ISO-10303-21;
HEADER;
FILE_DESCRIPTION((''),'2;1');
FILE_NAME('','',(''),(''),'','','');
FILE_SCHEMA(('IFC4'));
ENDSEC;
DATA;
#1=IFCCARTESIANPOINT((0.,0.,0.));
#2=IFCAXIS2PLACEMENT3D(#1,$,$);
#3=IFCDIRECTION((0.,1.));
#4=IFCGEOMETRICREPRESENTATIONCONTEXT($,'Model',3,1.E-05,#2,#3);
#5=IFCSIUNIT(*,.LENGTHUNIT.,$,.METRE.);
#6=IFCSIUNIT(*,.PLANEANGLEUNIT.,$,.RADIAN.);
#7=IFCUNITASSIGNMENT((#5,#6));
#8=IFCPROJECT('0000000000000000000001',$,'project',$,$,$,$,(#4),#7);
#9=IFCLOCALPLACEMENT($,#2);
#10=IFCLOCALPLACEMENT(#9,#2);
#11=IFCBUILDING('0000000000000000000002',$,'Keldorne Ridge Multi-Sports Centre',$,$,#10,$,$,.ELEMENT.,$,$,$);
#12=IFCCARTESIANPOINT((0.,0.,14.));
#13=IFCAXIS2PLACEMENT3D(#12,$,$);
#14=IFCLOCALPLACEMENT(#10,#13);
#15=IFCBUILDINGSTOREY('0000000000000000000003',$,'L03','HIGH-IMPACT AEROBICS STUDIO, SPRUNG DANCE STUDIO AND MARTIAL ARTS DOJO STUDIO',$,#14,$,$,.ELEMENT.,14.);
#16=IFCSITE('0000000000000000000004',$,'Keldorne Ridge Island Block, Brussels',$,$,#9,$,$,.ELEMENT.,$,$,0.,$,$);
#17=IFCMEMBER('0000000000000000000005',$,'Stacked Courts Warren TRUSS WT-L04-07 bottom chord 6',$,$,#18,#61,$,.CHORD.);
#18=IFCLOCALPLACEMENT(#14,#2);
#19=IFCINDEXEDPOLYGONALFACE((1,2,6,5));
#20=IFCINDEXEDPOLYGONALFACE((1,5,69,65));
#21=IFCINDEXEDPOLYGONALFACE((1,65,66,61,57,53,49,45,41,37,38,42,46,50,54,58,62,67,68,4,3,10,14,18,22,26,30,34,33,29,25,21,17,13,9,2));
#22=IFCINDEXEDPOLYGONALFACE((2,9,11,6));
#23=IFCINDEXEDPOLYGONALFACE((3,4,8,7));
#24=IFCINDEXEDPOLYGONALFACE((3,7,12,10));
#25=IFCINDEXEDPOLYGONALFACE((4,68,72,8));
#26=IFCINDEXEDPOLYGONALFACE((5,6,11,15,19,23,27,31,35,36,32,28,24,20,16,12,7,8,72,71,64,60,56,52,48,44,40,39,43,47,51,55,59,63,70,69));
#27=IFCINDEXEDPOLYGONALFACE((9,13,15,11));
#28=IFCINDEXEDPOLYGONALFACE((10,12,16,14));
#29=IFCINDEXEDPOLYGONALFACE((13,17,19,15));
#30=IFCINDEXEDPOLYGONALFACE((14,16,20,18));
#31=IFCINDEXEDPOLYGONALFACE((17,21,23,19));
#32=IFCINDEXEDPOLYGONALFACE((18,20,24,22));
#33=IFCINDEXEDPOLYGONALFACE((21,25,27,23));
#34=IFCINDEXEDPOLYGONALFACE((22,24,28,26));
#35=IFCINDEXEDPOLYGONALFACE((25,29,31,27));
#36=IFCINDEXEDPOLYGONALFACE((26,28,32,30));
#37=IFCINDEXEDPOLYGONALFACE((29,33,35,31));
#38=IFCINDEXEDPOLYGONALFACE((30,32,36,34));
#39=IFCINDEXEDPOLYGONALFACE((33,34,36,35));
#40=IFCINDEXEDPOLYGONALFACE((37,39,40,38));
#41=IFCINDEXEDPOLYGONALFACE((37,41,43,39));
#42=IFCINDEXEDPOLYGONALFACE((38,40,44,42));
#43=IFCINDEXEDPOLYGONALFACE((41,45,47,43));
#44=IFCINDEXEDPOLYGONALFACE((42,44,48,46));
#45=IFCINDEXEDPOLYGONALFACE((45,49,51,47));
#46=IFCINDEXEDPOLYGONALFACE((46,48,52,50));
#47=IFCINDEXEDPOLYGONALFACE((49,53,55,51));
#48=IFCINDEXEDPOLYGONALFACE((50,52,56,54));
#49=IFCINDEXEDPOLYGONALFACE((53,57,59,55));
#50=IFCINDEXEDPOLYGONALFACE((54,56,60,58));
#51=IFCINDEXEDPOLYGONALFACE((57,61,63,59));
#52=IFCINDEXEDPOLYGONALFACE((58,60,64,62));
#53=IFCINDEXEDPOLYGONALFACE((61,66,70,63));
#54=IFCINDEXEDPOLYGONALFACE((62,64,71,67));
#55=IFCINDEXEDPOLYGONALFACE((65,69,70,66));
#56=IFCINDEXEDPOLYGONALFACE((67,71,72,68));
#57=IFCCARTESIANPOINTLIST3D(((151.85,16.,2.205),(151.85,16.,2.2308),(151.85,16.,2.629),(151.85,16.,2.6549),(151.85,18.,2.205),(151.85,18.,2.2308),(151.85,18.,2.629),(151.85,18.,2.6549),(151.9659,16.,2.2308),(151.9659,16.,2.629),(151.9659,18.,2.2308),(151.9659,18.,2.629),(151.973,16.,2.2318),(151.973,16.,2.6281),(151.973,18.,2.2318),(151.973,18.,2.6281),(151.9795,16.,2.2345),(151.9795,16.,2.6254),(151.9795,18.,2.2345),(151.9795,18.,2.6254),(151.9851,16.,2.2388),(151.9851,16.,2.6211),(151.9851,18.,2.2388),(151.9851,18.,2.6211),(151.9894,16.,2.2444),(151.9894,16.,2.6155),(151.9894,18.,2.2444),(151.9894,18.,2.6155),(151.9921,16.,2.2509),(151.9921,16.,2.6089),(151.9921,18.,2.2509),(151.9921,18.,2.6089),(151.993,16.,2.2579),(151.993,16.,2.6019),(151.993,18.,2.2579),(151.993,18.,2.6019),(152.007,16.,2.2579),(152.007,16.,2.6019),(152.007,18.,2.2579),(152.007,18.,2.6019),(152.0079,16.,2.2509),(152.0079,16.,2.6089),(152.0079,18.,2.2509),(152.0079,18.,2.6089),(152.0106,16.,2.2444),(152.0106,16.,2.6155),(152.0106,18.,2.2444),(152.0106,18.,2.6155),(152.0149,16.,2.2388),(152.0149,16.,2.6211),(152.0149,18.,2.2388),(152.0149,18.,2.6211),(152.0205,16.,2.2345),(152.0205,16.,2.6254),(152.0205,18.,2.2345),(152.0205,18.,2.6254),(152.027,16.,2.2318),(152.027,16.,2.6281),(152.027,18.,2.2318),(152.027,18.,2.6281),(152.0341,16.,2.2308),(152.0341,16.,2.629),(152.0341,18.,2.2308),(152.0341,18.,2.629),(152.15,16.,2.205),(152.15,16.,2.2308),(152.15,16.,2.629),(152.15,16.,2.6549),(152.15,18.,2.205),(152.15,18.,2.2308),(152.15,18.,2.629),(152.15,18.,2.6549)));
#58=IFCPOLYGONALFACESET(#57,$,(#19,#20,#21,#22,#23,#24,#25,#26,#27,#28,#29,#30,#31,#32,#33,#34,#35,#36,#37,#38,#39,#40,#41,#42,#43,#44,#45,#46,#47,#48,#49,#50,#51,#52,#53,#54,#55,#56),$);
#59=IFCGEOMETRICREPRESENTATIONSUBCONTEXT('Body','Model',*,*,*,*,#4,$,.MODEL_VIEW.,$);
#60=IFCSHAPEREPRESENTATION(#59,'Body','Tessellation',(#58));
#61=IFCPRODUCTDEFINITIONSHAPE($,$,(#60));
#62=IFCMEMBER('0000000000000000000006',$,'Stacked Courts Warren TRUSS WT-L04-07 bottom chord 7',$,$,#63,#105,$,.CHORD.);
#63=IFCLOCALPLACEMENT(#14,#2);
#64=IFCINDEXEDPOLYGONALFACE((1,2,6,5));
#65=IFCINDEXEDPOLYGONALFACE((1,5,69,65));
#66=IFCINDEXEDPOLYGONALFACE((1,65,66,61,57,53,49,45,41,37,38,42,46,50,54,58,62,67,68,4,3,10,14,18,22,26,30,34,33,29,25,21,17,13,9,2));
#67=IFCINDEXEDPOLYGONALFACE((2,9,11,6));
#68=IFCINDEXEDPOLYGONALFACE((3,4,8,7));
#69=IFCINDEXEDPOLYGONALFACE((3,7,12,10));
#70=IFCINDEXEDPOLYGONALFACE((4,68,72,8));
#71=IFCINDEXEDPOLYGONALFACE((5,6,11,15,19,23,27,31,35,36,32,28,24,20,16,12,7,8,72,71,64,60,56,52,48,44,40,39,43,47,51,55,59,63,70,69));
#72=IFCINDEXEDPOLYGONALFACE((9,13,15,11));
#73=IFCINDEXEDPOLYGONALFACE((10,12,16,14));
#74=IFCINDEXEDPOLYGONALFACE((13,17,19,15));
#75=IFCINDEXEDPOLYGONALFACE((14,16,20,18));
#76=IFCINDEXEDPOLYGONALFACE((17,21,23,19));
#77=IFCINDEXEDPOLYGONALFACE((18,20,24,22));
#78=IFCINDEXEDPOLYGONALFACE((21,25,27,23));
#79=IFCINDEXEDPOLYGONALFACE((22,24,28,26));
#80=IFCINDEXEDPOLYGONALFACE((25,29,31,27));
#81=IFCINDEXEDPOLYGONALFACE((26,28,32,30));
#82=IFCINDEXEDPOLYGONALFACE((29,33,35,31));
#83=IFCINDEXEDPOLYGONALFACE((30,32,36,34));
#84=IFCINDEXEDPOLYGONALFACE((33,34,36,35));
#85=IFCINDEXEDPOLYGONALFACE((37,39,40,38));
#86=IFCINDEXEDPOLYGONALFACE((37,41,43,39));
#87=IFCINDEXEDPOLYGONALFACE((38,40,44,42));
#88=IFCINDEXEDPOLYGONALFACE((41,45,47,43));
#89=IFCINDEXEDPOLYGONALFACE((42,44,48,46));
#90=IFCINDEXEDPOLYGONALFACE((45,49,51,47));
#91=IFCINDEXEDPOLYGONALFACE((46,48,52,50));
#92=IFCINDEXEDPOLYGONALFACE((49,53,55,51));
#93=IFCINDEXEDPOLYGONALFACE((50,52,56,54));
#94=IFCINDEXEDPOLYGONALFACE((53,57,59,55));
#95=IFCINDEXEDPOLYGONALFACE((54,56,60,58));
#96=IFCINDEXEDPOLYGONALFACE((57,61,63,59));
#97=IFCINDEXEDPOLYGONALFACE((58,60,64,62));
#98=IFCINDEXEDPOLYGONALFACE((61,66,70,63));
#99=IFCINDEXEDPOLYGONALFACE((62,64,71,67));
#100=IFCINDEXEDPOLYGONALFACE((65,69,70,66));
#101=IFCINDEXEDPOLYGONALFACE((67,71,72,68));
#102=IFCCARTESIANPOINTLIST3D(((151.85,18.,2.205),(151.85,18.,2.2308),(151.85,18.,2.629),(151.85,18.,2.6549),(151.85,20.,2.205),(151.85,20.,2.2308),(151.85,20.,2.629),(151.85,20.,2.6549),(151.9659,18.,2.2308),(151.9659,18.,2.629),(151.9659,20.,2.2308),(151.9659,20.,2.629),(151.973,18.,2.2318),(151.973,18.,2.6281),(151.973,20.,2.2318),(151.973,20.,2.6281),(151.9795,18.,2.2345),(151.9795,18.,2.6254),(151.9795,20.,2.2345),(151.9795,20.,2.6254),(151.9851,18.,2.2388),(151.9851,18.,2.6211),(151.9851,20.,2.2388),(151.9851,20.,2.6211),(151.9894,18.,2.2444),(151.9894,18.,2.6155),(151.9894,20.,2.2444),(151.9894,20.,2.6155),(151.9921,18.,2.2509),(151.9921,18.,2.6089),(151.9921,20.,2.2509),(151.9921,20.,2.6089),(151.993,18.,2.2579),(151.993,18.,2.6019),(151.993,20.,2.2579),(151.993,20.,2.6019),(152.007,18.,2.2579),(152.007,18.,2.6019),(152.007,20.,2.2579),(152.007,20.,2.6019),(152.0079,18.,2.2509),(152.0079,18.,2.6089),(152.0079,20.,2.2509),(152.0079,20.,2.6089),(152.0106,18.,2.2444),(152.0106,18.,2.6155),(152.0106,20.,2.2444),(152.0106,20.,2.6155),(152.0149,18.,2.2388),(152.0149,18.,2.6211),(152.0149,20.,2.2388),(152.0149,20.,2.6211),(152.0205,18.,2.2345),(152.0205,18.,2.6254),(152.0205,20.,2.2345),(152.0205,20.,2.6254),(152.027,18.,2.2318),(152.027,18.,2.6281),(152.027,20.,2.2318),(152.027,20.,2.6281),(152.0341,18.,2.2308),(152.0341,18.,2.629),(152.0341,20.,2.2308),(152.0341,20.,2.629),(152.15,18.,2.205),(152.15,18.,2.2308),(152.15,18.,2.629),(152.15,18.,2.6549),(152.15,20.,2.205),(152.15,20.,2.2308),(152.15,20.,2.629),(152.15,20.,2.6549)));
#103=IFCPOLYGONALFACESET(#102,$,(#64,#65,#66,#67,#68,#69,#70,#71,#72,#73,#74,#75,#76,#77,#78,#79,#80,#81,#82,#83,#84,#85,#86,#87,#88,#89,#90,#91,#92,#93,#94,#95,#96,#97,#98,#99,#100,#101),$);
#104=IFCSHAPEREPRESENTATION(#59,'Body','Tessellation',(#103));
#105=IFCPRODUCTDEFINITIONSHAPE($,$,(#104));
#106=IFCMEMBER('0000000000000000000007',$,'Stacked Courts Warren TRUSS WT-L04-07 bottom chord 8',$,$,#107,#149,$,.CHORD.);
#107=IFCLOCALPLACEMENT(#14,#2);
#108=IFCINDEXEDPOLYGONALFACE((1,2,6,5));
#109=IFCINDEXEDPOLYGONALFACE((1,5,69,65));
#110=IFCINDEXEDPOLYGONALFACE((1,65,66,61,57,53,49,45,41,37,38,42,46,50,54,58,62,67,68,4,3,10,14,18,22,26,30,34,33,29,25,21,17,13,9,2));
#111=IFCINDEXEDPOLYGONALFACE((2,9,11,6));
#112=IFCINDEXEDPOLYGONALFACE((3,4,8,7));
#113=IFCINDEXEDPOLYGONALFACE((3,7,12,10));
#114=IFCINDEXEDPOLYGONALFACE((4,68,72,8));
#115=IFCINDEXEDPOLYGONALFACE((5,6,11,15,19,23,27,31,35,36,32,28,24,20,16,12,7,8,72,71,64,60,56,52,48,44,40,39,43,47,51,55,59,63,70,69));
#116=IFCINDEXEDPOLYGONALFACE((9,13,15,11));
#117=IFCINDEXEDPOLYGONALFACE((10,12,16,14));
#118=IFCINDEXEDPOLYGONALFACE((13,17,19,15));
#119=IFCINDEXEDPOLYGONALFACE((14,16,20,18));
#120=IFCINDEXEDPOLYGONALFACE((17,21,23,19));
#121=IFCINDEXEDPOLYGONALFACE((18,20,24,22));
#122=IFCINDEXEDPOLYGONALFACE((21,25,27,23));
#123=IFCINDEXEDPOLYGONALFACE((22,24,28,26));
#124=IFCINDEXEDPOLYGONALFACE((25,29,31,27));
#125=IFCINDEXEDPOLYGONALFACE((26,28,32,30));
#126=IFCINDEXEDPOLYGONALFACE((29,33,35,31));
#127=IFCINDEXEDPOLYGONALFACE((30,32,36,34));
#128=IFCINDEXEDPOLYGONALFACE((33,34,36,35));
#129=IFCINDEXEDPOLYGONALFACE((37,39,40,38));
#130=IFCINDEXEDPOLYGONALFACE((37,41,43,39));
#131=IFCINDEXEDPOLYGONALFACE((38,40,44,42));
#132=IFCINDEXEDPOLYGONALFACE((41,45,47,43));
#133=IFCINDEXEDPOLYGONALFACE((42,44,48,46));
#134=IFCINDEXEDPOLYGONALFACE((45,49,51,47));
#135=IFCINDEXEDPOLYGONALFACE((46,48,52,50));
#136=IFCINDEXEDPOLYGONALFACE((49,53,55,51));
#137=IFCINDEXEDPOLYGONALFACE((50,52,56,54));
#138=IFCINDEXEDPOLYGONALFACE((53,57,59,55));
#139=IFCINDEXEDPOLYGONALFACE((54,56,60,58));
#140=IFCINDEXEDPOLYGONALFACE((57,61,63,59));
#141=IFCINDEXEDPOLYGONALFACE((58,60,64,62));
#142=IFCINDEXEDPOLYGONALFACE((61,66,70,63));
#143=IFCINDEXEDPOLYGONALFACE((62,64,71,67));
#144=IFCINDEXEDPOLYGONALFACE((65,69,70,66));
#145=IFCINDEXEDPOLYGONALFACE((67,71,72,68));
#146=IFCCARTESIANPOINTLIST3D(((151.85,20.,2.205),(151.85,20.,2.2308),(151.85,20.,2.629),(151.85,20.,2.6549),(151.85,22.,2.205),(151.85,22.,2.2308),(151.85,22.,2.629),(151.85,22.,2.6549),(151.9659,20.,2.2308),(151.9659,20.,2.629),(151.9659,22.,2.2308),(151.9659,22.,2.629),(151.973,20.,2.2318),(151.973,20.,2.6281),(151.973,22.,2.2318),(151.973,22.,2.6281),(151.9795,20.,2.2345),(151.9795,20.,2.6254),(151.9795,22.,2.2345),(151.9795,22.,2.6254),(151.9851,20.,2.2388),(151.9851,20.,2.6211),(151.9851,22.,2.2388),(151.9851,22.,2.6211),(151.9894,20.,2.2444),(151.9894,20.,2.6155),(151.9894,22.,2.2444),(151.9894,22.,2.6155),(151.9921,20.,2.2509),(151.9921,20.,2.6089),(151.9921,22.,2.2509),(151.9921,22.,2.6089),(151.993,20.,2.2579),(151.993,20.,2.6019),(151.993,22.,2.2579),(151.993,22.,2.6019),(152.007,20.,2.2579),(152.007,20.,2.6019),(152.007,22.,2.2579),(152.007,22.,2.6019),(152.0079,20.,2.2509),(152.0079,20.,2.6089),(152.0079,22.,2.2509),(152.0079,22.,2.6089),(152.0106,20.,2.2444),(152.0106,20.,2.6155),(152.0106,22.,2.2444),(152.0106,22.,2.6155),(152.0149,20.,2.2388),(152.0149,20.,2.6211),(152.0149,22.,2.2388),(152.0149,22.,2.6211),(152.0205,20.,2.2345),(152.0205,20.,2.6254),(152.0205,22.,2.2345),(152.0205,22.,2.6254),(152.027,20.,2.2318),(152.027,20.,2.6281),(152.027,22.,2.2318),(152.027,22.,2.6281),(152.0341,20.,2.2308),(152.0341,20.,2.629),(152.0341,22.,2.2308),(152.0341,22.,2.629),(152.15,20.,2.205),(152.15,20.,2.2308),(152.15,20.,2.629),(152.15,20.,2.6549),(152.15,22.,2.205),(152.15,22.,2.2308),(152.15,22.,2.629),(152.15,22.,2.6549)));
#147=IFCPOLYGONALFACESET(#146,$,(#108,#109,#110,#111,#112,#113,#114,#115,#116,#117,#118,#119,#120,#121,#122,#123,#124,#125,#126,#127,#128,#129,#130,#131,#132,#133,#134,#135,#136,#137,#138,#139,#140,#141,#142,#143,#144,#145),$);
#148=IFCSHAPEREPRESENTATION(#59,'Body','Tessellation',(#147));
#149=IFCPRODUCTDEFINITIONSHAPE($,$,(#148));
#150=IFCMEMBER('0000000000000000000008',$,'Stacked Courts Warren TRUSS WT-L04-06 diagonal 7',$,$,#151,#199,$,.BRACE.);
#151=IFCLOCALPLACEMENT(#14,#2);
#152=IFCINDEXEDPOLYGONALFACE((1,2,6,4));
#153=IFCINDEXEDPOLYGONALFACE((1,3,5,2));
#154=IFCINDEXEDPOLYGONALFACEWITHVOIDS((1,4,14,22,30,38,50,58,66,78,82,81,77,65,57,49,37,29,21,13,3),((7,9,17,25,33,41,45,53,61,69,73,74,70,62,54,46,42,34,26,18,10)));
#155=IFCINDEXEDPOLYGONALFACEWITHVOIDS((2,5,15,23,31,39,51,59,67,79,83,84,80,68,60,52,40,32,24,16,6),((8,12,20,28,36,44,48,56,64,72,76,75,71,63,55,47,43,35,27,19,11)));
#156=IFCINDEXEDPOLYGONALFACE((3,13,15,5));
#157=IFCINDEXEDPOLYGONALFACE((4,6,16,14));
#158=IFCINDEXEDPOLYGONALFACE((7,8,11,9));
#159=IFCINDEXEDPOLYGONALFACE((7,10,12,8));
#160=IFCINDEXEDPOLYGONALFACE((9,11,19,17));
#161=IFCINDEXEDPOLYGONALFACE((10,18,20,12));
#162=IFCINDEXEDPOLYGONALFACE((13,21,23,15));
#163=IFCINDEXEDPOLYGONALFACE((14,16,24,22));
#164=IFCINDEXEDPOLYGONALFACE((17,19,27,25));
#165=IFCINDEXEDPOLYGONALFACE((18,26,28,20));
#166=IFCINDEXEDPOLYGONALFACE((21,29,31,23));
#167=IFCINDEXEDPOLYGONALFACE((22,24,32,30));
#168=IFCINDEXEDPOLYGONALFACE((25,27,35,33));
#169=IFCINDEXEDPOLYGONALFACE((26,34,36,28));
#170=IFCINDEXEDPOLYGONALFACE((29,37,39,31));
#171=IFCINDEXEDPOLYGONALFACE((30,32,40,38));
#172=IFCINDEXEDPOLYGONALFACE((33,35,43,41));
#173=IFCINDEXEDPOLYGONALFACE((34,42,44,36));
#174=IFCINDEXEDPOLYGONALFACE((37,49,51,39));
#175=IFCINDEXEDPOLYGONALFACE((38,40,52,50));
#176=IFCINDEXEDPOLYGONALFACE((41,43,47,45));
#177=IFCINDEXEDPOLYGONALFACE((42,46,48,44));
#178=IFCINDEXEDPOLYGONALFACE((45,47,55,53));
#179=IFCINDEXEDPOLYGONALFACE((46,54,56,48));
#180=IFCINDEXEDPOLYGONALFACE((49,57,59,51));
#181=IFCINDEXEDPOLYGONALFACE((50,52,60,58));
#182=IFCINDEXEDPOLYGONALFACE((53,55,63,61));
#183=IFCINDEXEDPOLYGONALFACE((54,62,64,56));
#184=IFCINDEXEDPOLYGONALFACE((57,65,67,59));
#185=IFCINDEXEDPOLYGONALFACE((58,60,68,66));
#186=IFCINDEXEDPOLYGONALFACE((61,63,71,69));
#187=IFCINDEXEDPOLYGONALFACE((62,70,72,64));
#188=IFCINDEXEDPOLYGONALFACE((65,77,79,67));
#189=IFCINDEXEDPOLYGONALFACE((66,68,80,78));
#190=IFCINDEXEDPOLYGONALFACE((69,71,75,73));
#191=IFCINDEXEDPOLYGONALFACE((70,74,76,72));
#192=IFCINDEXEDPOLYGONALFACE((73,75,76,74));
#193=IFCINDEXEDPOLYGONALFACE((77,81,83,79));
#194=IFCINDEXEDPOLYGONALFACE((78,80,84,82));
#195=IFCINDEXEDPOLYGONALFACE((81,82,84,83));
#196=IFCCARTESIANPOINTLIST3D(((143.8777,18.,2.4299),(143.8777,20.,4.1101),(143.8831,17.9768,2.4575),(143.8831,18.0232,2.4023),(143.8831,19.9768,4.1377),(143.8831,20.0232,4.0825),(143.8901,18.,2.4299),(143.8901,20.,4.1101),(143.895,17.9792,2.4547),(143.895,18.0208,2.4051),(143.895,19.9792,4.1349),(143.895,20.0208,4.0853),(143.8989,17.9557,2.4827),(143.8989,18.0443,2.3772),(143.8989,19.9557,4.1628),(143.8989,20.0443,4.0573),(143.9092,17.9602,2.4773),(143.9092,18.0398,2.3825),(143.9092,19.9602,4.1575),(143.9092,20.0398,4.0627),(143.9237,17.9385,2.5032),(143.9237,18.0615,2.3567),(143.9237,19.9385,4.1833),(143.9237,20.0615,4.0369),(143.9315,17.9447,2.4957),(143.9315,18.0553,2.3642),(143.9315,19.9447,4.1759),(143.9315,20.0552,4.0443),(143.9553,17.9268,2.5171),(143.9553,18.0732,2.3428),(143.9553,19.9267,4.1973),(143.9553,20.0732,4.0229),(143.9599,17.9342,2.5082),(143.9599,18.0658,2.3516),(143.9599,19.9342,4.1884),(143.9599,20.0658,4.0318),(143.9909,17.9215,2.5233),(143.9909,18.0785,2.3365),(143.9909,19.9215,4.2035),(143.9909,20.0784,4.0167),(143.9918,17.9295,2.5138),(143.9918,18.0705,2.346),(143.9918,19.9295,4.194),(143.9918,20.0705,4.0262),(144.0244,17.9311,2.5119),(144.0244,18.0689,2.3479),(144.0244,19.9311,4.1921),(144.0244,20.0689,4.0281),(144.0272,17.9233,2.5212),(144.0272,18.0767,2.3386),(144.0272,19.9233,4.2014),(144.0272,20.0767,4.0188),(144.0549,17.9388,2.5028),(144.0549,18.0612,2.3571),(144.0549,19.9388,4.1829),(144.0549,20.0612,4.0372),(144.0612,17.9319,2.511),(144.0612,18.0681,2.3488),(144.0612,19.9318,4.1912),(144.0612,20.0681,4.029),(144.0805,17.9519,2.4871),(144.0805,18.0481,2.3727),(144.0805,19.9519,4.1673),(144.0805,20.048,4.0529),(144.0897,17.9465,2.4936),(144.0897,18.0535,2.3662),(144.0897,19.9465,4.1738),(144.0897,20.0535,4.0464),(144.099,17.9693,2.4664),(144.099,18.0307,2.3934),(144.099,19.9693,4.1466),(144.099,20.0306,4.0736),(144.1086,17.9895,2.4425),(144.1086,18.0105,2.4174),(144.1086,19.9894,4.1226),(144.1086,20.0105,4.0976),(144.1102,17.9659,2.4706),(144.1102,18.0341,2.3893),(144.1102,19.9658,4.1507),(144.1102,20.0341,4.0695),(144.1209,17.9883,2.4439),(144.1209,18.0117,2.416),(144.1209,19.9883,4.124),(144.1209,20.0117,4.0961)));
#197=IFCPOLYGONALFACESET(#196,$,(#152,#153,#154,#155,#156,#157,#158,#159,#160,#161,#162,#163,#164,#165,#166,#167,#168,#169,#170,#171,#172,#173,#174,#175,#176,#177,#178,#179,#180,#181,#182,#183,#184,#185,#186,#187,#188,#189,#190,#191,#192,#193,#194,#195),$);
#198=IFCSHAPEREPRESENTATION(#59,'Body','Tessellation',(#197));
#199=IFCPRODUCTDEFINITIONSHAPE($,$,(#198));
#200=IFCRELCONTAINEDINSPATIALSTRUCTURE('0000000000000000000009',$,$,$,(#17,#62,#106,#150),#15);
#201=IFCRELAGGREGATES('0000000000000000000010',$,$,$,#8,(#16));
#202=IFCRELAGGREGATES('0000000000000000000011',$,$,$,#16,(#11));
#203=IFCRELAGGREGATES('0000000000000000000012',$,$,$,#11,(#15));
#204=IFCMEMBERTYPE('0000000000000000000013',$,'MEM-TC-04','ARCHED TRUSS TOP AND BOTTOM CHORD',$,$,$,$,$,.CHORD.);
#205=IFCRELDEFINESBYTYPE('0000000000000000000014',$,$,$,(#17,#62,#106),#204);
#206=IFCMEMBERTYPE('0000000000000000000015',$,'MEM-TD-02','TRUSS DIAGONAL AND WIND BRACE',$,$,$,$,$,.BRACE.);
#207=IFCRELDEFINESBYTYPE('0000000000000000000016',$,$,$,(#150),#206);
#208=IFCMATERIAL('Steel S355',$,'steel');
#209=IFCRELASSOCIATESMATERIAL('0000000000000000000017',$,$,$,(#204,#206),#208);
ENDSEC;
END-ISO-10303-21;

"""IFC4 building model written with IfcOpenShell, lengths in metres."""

from ifc_helpers import new_model, si_unit, direction, frame, origin, origin_2d, place, context, subcontext, project, spatial, hollow_circle, i_section, extrude, material, material_profile, profile_set, type_object, element, save


model = new_model("IFC4")

# Units and contexts
model_context = context("Model", 3, precision=1e-05, world=origin(), true_north=direction((0.0, 1.0)))
body_context = subcontext(model_context, "Body", "Model", "MODEL_VIEW")
ifc_project = project(units=[si_unit("LENGTHUNIT", "METRE"), si_unit("PLANEANGLEUNIT", "RADIAN")], contexts=[model_context])

# Site, building, storey
site_placement = place(None, origin())
site = spatial("IfcSite", under=ifc_project, at=site_placement, Name="Keldorne Ridge Island Block, Brussels", CompositionType="ELEMENT", RefElevation=0.0)
building_placement = place(site_placement, origin())
building = spatial("IfcBuilding", under=site, at=building_placement, Name="Keldorne Ridge Multi-Sports Centre", CompositionType="ELEMENT")
storey_placement = place(building_placement, frame((0.0, 0.0, 14.0)))
storey = spatial("IfcBuildingStorey", under=building, at=storey_placement, Name="L03", Description="HIGH-IMPACT AEROBICS STUDIO, SPRUNG DANCE STUDIO AND MARTIAL ARTS DOJO STUDIO", CompositionType="ELEMENT", Elevation=14.0)

# Members
ifc_material = material(Name="Steel S355", Category="steel")
ifc_material_profile_1 = material_profile(ifc_material, i_section(OverallWidth=0.3, OverallDepth=0.45, WebThickness=0.0139, FlangeThickness=0.0259, FilletRadius=0.0271, at=origin_2d()), Name="HEB 450")
ifc_profile_set_1 = profile_set([ifc_material_profile_1], Name="Steel S355")
member_type_1 = type_object("IfcMemberType", Name="MEM-TC-04", Description="ARCHED TRUSS TOP AND BOTTOM CHORD", PredefinedType="CHORD", material=ifc_profile_set_1)
for number, where, z_axis, x_axis, name in (
    (1, (152.0, 16.0, 2.4299), (0.0, 1.0, 0.0), (-1.0, 0.0, 0.0), "Stacked Courts Warren TRUSS WT-L04-07 bottom chord 6"),
    (2, (152.0, 18.0, 2.4299), (0.0, 1.0, 0.0), (-1.0, 0.0, 0.0), "Stacked Courts Warren TRUSS WT-L04-07 bottom chord 7"),
    (3, (152.0, 20.0, 2.4299), (0.0, 1.0, 0.0), (-1.0, 0.0, 0.0), "Stacked Courts Warren TRUSS WT-L04-07 bottom chord 8"),
):
    element("IfcMember", number, at=place(storey_placement, frame(where, z_axis=z_axis, x_axis=x_axis)), inside=storey, type_object=member_type_1, Name=name, PredefinedType="CHORD", context=body_context, shape_type="SweptSolid", body=[
        extrude(i_section(OverallWidth=0.3, OverallDepth=0.45, WebThickness=0.0139, FlangeThickness=0.0259, FilletRadius=0.0271, at=origin_2d()), origin(), (0.0, 0.0, 1.0), 2.0),
    ])
ifc_material_profile_2 = material_profile(ifc_material, hollow_circle(Radius=0.1223, WallThickness=0.0125, at=origin_2d()), Name="CHS 244.5x12.5")
ifc_profile_set_2 = profile_set([ifc_material_profile_2], Name="Steel S355")
member_type_2 = type_object("IfcMemberType", Name="MEM-TD-02", Description="TRUSS DIAGONAL AND WIND BRACE", PredefinedType="BRACE", material=ifc_profile_set_2)
for number, where, z_axis, x_axis, name in (
    (4, (144.0, 18.0, 2.4299), (0.0, 0.765672, 0.643232), (-1.0, 0.0, 0.0), "Stacked Courts Warren TRUSS WT-L04-06 diagonal 7"),
):
    element("IfcMember", number, at=place(storey_placement, frame(where, z_axis=z_axis, x_axis=x_axis)), inside=storey, type_object=member_type_2, Name=name, PredefinedType="BRACE", context=body_context, shape_type="SweptSolid", body=[
        extrude(hollow_circle(Radius=0.1223, WallThickness=0.0125, at=origin_2d()), origin(), (0.0, 0.0, 1.0), 2.6121),
    ])

save(model, "model.ifc")
